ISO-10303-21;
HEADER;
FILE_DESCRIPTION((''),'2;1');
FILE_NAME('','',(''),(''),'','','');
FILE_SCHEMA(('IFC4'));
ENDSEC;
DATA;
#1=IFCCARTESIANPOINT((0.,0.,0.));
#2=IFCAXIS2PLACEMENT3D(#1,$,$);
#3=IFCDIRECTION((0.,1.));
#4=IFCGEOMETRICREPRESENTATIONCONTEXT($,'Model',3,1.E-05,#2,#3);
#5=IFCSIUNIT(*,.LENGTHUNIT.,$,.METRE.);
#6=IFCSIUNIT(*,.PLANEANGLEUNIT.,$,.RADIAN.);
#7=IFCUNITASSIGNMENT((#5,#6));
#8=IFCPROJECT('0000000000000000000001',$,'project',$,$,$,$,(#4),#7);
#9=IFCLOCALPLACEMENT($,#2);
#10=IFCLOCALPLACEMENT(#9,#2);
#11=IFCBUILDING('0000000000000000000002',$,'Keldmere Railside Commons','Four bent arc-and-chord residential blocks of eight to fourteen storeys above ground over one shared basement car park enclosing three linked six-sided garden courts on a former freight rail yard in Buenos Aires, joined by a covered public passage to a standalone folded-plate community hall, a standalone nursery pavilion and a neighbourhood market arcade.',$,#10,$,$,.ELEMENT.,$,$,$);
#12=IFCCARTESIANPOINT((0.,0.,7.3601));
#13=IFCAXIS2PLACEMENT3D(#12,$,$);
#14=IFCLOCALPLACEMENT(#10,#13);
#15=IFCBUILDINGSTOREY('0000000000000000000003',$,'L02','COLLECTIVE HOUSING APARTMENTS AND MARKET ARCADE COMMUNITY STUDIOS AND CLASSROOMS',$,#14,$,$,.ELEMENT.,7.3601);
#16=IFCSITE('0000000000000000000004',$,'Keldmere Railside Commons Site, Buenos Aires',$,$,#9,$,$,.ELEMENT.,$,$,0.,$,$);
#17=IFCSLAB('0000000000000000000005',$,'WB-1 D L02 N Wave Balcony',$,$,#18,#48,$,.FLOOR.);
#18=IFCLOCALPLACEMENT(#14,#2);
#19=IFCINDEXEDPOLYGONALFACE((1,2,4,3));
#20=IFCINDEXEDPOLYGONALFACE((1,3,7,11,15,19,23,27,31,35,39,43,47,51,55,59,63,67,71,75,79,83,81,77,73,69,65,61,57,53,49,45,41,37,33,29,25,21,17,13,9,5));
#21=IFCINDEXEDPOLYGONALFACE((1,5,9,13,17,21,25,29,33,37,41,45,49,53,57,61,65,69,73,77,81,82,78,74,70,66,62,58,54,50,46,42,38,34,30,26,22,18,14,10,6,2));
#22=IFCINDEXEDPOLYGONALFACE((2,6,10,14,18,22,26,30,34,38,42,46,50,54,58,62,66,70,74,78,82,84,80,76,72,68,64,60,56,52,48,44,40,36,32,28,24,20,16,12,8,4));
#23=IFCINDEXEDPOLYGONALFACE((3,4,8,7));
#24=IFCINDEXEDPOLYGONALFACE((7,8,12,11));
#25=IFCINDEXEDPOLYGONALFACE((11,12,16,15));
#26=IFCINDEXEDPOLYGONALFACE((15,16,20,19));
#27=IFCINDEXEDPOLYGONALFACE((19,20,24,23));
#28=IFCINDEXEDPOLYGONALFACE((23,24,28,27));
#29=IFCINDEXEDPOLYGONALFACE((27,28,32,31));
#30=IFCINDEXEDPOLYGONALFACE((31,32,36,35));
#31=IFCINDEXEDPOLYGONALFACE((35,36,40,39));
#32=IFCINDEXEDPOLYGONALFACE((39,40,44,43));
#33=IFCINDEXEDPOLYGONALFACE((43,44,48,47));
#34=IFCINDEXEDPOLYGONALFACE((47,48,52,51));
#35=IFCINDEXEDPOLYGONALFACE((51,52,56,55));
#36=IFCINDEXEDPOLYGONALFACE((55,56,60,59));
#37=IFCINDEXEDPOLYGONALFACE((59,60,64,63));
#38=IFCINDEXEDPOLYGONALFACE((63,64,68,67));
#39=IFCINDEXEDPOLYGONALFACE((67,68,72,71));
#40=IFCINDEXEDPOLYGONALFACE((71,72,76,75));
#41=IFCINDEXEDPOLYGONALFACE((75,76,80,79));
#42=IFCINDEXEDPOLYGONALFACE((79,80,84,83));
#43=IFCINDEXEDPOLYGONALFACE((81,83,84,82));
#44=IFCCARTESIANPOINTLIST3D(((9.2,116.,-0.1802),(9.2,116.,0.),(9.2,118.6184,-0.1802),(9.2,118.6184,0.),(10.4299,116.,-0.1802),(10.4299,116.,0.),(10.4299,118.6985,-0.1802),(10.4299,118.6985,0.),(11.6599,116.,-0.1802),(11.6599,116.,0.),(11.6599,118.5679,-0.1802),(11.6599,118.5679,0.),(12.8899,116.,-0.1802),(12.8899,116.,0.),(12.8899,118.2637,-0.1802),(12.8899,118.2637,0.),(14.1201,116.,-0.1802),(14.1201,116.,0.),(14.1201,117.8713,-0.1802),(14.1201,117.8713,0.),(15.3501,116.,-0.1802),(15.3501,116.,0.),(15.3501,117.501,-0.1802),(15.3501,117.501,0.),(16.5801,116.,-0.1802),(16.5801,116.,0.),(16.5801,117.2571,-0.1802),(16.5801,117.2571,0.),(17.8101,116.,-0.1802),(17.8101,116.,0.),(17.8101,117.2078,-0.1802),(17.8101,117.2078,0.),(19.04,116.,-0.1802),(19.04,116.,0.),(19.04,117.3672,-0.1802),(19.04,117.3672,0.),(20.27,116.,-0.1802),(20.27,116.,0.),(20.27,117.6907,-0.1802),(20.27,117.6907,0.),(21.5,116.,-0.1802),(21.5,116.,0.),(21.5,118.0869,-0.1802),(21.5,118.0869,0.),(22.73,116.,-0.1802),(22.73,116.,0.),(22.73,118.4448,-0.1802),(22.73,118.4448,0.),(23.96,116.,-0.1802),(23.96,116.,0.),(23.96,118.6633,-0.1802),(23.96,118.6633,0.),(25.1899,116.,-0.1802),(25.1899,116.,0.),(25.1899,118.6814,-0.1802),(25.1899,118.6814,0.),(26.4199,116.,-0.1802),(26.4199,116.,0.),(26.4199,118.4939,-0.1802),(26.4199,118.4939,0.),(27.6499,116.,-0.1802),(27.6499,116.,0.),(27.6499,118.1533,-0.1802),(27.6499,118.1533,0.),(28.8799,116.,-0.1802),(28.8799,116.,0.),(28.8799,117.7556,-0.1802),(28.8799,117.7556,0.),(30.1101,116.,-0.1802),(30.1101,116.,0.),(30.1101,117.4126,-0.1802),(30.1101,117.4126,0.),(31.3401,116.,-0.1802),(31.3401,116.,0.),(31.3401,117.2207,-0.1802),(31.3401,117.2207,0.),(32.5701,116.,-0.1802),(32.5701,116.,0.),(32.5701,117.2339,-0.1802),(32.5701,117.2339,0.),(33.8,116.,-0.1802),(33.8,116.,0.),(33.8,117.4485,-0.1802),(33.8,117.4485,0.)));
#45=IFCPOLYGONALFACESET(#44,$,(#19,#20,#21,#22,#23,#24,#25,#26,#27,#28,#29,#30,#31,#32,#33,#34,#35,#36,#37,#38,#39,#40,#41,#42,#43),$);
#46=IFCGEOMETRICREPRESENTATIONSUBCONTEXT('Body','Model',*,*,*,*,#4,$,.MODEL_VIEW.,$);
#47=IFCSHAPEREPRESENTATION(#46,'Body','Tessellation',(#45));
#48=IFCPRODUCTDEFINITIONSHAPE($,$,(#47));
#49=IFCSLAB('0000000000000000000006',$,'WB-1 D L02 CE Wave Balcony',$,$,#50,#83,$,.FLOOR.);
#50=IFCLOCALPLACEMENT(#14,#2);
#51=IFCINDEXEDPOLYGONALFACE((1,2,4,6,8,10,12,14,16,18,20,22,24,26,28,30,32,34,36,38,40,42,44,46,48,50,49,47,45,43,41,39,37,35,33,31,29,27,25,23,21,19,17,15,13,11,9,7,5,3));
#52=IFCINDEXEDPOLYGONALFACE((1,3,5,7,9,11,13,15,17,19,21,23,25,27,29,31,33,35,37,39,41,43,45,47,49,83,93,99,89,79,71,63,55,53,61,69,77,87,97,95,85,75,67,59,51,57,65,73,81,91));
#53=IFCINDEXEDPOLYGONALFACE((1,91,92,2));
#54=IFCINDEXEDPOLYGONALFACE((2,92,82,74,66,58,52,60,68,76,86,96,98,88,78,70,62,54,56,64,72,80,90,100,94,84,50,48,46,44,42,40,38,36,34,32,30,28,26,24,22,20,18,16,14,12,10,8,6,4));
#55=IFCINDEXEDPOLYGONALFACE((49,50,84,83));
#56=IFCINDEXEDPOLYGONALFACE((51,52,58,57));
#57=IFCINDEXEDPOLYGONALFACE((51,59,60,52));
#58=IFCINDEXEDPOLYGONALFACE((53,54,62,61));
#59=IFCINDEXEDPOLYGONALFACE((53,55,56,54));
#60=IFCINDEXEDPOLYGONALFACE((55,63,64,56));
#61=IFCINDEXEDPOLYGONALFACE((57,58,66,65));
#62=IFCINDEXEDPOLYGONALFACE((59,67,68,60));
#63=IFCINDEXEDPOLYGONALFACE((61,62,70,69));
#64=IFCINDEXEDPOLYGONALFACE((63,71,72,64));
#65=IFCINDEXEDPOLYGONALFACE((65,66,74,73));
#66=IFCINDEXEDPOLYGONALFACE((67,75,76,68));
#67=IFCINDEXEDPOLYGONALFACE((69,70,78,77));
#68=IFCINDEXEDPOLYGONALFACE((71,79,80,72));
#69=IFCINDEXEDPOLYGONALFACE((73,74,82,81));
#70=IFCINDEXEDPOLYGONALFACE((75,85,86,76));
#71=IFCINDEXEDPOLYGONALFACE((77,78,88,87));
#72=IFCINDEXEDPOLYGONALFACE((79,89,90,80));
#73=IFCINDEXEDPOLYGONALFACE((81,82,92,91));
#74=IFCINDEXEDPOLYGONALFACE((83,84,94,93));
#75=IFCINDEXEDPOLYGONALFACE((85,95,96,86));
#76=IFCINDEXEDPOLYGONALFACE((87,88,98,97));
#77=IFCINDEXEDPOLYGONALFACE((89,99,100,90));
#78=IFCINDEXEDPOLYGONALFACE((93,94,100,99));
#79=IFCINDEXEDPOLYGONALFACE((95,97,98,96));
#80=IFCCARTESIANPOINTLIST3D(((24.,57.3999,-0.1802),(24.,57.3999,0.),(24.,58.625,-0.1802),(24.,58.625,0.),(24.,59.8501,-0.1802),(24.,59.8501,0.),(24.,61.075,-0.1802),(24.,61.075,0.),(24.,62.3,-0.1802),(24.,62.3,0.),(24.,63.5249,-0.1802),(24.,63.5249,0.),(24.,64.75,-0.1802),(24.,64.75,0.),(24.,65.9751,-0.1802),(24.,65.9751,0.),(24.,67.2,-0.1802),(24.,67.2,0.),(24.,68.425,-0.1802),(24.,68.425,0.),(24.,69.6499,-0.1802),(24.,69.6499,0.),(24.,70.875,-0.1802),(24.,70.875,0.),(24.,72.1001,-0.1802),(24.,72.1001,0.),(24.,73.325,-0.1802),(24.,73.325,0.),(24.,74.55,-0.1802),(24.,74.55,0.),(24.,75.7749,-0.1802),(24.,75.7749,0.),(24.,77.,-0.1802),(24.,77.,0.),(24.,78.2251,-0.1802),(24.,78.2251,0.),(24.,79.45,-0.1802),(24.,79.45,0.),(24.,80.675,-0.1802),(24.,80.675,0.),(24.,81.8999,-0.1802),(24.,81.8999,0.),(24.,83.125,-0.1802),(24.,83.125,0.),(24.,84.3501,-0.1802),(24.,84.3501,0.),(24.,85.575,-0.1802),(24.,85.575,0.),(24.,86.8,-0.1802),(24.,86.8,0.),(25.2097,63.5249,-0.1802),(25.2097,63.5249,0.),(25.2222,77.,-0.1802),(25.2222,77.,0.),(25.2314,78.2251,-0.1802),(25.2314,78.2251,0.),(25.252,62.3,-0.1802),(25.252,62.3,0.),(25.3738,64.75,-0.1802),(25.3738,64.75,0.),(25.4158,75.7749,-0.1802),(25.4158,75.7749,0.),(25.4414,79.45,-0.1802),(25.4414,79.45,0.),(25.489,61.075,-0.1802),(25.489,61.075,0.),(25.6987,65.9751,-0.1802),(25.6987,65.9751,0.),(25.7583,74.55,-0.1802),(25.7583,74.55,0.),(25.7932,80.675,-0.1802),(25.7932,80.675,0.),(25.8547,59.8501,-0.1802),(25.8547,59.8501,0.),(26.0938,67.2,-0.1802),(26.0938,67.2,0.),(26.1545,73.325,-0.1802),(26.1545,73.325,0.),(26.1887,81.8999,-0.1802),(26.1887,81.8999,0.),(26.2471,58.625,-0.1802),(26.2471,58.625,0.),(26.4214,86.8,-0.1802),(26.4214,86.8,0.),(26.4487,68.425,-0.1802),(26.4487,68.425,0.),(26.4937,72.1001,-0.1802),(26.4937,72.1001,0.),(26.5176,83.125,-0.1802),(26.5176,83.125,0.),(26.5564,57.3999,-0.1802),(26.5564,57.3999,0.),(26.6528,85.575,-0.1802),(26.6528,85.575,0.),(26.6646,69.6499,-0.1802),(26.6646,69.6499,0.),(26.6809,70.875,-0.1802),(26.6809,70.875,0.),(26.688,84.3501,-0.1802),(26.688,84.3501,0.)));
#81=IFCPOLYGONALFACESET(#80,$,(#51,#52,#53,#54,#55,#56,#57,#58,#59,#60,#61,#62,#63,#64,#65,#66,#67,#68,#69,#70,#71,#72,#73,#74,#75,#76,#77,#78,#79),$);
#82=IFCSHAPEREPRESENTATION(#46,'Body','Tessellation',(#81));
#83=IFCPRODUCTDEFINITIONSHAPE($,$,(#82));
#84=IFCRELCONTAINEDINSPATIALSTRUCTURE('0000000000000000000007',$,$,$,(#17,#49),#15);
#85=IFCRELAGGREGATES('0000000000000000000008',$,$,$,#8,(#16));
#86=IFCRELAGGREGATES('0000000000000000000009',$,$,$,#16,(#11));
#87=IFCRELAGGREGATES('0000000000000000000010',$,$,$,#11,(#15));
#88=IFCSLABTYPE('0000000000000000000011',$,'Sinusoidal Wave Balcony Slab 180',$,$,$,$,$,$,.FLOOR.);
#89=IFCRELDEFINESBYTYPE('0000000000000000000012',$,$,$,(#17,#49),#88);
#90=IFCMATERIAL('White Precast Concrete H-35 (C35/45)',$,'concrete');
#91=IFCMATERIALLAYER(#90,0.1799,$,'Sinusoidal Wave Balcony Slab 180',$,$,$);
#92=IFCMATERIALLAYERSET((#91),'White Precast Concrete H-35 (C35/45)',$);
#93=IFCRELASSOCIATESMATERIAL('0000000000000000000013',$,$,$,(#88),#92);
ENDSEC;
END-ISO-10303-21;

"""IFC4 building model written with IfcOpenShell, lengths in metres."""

from ifc_helpers import new_model, si_unit, direction, frame, origin, place, context, subcontext, project, spatial, polyline, outline, extrude, material, layer, layer_set, type_object, element, save


model = new_model("IFC4")

# Units and contexts
model_context = context("Model", 3, precision=1e-05, world=origin(), true_north=direction((0.0, 1.0)))
body_context = subcontext(model_context, "Body", "Model", "MODEL_VIEW")
ifc_project = project(units=[si_unit("LENGTHUNIT", "METRE"), si_unit("PLANEANGLEUNIT", "RADIAN")], contexts=[model_context])

# Site, building, storey
site_placement = place(None, origin())
site = spatial("IfcSite", under=ifc_project, at=site_placement, Name="Keldmere Railside Commons Site, Buenos Aires", CompositionType="ELEMENT", RefElevation=0.0)
building_placement = place(site_placement, origin())
building = spatial("IfcBuilding", under=site, at=building_placement, Name="Keldmere Railside Commons", Description="Four bent arc-and-chord residential blocks of eight to fourteen storeys above ground over one shared basement car park enclosing three linked six-sided garden courts on a former freight rail yard in Buenos Aires, joined by a covered public passage to a standalone folded-plate community hall, a standalone nursery pavilion and a neighbourhood market arcade.", CompositionType="ELEMENT")
storey_placement = place(building_placement, frame((0.0, 0.0, 7.3601)))
storey = spatial("IfcBuildingStorey", under=building, at=storey_placement, Name="L02", Description="COLLECTIVE HOUSING APARTMENTS AND MARKET ARCADE COMMUNITY STUDIOS AND CLASSROOMS", CompositionType="ELEMENT", Elevation=7.3601)

# Slabs
ifc_material_1 = material(Name="White Precast Concrete H-35 (C35/45)", Category="concrete")
ifc_layer_1 = layer(ifc_material_1, 0.1799, Name="Sinusoidal Wave Balcony Slab 180")
ifc_layer_set_1 = layer_set([ifc_layer_1], Name="White Precast Concrete H-35 (C35/45)")
slab_type_1 = type_object("IfcSlabType", Name="Sinusoidal Wave Balcony Slab 180", PredefinedType="FLOOR", material=ifc_layer_set_1)
slab_1_placement = place(storey_placement, frame((0.0, 0.0, -0.1802)))
element("IfcSlab", 1, at=slab_1_placement, inside=storey, type_object=slab_type_1, Name="WB-1 D L02 N Wave Balcony", PredefinedType="FLOOR", context=body_context, shape_type="SweptSolid", body=[
    extrude(outline(polyline([(9.2, 116.0), (10.4299, 116.0), (11.6599, 116.0), (12.8899, 116.0), (14.1201, 116.0), (15.3501, 116.0), (16.5801, 116.0), (17.8101, 116.0), (19.04, 116.0), (20.27, 116.0), (21.5, 116.0), (22.73, 116.0), (23.96, 116.0), (25.1899, 116.0), (26.4199, 116.0), (27.6499, 116.0), (28.8799, 116.0), (30.1101, 116.0), (31.3401, 116.0), (32.5701, 116.0), (33.8, 116.0), (33.8, 117.4485), (32.5701, 117.2339), (31.3401, 117.2207), (30.1101, 117.4126), (28.8799, 117.7556), (27.6499, 118.1533), (26.4199, 118.4939), (25.1899, 118.6814), (23.96, 118.6633), (22.73, 118.4448), (21.5, 118.0869), (20.27, 117.6907), (19.04, 117.3672), (17.8101, 117.2078), (16.5801, 117.2571), (15.3501, 117.501), (14.1201, 117.8713), (12.8899, 118.2637), (11.6599, 118.5679), (10.4299, 118.6985), (9.2, 118.6184), (9.2, 116.0)])), origin(), (0.0, 0.0, 1.0), 0.1802),
])
slab_2_placement = place(storey_placement, frame((0.0, 0.0, -0.1802)))
element("IfcSlab", 2, at=slab_2_placement, inside=storey, type_object=slab_type_1, Name="WB-1 D L02 CE Wave Balcony", PredefinedType="FLOOR", context=body_context, shape_type="SweptSolid", body=[
    extrude(outline(polyline([(26.5564, 57.3999), (26.2471, 58.625), (25.8547, 59.8501), (25.489, 61.075), (25.252, 62.3), (25.2097, 63.5249), (25.3738, 64.75), (25.6987, 65.9751), (26.0938, 67.2), (26.4487, 68.425), (26.6646, 69.6499), (26.6809, 70.875), (26.4937, 72.1001), (26.1545, 73.325), (25.7583, 74.55), (25.4158, 75.7749), (25.2222, 77.0), (25.2314, 78.2251), (25.4414, 79.45), (25.7932, 80.675), (26.1887, 81.8999), (26.5176, 83.125), (26.688, 84.3501), (26.6528, 85.575), (26.4214, 86.8), (24.0, 86.8), (24.0, 85.575), (24.0, 84.3501), (24.0, 83.125), (24.0, 81.8999), (24.0, 80.675), (24.0, 79.45), (24.0, 78.2251), (24.0, 77.0), (24.0, 75.7749), (24.0, 74.55), (24.0, 73.325), (24.0, 72.1001), (24.0, 70.875), (24.0, 69.6499), (24.0, 68.425), (24.0, 67.2), (24.0, 65.9751), (24.0, 64.75), (24.0, 63.5249), (24.0, 62.3), (24.0, 61.075), (24.0, 59.8501), (24.0, 58.625), (24.0, 57.3999), (26.5564, 57.3999)])), origin(), (0.0, 0.0, 1.0), 0.1802),
])

save(model, "model.ifc")
